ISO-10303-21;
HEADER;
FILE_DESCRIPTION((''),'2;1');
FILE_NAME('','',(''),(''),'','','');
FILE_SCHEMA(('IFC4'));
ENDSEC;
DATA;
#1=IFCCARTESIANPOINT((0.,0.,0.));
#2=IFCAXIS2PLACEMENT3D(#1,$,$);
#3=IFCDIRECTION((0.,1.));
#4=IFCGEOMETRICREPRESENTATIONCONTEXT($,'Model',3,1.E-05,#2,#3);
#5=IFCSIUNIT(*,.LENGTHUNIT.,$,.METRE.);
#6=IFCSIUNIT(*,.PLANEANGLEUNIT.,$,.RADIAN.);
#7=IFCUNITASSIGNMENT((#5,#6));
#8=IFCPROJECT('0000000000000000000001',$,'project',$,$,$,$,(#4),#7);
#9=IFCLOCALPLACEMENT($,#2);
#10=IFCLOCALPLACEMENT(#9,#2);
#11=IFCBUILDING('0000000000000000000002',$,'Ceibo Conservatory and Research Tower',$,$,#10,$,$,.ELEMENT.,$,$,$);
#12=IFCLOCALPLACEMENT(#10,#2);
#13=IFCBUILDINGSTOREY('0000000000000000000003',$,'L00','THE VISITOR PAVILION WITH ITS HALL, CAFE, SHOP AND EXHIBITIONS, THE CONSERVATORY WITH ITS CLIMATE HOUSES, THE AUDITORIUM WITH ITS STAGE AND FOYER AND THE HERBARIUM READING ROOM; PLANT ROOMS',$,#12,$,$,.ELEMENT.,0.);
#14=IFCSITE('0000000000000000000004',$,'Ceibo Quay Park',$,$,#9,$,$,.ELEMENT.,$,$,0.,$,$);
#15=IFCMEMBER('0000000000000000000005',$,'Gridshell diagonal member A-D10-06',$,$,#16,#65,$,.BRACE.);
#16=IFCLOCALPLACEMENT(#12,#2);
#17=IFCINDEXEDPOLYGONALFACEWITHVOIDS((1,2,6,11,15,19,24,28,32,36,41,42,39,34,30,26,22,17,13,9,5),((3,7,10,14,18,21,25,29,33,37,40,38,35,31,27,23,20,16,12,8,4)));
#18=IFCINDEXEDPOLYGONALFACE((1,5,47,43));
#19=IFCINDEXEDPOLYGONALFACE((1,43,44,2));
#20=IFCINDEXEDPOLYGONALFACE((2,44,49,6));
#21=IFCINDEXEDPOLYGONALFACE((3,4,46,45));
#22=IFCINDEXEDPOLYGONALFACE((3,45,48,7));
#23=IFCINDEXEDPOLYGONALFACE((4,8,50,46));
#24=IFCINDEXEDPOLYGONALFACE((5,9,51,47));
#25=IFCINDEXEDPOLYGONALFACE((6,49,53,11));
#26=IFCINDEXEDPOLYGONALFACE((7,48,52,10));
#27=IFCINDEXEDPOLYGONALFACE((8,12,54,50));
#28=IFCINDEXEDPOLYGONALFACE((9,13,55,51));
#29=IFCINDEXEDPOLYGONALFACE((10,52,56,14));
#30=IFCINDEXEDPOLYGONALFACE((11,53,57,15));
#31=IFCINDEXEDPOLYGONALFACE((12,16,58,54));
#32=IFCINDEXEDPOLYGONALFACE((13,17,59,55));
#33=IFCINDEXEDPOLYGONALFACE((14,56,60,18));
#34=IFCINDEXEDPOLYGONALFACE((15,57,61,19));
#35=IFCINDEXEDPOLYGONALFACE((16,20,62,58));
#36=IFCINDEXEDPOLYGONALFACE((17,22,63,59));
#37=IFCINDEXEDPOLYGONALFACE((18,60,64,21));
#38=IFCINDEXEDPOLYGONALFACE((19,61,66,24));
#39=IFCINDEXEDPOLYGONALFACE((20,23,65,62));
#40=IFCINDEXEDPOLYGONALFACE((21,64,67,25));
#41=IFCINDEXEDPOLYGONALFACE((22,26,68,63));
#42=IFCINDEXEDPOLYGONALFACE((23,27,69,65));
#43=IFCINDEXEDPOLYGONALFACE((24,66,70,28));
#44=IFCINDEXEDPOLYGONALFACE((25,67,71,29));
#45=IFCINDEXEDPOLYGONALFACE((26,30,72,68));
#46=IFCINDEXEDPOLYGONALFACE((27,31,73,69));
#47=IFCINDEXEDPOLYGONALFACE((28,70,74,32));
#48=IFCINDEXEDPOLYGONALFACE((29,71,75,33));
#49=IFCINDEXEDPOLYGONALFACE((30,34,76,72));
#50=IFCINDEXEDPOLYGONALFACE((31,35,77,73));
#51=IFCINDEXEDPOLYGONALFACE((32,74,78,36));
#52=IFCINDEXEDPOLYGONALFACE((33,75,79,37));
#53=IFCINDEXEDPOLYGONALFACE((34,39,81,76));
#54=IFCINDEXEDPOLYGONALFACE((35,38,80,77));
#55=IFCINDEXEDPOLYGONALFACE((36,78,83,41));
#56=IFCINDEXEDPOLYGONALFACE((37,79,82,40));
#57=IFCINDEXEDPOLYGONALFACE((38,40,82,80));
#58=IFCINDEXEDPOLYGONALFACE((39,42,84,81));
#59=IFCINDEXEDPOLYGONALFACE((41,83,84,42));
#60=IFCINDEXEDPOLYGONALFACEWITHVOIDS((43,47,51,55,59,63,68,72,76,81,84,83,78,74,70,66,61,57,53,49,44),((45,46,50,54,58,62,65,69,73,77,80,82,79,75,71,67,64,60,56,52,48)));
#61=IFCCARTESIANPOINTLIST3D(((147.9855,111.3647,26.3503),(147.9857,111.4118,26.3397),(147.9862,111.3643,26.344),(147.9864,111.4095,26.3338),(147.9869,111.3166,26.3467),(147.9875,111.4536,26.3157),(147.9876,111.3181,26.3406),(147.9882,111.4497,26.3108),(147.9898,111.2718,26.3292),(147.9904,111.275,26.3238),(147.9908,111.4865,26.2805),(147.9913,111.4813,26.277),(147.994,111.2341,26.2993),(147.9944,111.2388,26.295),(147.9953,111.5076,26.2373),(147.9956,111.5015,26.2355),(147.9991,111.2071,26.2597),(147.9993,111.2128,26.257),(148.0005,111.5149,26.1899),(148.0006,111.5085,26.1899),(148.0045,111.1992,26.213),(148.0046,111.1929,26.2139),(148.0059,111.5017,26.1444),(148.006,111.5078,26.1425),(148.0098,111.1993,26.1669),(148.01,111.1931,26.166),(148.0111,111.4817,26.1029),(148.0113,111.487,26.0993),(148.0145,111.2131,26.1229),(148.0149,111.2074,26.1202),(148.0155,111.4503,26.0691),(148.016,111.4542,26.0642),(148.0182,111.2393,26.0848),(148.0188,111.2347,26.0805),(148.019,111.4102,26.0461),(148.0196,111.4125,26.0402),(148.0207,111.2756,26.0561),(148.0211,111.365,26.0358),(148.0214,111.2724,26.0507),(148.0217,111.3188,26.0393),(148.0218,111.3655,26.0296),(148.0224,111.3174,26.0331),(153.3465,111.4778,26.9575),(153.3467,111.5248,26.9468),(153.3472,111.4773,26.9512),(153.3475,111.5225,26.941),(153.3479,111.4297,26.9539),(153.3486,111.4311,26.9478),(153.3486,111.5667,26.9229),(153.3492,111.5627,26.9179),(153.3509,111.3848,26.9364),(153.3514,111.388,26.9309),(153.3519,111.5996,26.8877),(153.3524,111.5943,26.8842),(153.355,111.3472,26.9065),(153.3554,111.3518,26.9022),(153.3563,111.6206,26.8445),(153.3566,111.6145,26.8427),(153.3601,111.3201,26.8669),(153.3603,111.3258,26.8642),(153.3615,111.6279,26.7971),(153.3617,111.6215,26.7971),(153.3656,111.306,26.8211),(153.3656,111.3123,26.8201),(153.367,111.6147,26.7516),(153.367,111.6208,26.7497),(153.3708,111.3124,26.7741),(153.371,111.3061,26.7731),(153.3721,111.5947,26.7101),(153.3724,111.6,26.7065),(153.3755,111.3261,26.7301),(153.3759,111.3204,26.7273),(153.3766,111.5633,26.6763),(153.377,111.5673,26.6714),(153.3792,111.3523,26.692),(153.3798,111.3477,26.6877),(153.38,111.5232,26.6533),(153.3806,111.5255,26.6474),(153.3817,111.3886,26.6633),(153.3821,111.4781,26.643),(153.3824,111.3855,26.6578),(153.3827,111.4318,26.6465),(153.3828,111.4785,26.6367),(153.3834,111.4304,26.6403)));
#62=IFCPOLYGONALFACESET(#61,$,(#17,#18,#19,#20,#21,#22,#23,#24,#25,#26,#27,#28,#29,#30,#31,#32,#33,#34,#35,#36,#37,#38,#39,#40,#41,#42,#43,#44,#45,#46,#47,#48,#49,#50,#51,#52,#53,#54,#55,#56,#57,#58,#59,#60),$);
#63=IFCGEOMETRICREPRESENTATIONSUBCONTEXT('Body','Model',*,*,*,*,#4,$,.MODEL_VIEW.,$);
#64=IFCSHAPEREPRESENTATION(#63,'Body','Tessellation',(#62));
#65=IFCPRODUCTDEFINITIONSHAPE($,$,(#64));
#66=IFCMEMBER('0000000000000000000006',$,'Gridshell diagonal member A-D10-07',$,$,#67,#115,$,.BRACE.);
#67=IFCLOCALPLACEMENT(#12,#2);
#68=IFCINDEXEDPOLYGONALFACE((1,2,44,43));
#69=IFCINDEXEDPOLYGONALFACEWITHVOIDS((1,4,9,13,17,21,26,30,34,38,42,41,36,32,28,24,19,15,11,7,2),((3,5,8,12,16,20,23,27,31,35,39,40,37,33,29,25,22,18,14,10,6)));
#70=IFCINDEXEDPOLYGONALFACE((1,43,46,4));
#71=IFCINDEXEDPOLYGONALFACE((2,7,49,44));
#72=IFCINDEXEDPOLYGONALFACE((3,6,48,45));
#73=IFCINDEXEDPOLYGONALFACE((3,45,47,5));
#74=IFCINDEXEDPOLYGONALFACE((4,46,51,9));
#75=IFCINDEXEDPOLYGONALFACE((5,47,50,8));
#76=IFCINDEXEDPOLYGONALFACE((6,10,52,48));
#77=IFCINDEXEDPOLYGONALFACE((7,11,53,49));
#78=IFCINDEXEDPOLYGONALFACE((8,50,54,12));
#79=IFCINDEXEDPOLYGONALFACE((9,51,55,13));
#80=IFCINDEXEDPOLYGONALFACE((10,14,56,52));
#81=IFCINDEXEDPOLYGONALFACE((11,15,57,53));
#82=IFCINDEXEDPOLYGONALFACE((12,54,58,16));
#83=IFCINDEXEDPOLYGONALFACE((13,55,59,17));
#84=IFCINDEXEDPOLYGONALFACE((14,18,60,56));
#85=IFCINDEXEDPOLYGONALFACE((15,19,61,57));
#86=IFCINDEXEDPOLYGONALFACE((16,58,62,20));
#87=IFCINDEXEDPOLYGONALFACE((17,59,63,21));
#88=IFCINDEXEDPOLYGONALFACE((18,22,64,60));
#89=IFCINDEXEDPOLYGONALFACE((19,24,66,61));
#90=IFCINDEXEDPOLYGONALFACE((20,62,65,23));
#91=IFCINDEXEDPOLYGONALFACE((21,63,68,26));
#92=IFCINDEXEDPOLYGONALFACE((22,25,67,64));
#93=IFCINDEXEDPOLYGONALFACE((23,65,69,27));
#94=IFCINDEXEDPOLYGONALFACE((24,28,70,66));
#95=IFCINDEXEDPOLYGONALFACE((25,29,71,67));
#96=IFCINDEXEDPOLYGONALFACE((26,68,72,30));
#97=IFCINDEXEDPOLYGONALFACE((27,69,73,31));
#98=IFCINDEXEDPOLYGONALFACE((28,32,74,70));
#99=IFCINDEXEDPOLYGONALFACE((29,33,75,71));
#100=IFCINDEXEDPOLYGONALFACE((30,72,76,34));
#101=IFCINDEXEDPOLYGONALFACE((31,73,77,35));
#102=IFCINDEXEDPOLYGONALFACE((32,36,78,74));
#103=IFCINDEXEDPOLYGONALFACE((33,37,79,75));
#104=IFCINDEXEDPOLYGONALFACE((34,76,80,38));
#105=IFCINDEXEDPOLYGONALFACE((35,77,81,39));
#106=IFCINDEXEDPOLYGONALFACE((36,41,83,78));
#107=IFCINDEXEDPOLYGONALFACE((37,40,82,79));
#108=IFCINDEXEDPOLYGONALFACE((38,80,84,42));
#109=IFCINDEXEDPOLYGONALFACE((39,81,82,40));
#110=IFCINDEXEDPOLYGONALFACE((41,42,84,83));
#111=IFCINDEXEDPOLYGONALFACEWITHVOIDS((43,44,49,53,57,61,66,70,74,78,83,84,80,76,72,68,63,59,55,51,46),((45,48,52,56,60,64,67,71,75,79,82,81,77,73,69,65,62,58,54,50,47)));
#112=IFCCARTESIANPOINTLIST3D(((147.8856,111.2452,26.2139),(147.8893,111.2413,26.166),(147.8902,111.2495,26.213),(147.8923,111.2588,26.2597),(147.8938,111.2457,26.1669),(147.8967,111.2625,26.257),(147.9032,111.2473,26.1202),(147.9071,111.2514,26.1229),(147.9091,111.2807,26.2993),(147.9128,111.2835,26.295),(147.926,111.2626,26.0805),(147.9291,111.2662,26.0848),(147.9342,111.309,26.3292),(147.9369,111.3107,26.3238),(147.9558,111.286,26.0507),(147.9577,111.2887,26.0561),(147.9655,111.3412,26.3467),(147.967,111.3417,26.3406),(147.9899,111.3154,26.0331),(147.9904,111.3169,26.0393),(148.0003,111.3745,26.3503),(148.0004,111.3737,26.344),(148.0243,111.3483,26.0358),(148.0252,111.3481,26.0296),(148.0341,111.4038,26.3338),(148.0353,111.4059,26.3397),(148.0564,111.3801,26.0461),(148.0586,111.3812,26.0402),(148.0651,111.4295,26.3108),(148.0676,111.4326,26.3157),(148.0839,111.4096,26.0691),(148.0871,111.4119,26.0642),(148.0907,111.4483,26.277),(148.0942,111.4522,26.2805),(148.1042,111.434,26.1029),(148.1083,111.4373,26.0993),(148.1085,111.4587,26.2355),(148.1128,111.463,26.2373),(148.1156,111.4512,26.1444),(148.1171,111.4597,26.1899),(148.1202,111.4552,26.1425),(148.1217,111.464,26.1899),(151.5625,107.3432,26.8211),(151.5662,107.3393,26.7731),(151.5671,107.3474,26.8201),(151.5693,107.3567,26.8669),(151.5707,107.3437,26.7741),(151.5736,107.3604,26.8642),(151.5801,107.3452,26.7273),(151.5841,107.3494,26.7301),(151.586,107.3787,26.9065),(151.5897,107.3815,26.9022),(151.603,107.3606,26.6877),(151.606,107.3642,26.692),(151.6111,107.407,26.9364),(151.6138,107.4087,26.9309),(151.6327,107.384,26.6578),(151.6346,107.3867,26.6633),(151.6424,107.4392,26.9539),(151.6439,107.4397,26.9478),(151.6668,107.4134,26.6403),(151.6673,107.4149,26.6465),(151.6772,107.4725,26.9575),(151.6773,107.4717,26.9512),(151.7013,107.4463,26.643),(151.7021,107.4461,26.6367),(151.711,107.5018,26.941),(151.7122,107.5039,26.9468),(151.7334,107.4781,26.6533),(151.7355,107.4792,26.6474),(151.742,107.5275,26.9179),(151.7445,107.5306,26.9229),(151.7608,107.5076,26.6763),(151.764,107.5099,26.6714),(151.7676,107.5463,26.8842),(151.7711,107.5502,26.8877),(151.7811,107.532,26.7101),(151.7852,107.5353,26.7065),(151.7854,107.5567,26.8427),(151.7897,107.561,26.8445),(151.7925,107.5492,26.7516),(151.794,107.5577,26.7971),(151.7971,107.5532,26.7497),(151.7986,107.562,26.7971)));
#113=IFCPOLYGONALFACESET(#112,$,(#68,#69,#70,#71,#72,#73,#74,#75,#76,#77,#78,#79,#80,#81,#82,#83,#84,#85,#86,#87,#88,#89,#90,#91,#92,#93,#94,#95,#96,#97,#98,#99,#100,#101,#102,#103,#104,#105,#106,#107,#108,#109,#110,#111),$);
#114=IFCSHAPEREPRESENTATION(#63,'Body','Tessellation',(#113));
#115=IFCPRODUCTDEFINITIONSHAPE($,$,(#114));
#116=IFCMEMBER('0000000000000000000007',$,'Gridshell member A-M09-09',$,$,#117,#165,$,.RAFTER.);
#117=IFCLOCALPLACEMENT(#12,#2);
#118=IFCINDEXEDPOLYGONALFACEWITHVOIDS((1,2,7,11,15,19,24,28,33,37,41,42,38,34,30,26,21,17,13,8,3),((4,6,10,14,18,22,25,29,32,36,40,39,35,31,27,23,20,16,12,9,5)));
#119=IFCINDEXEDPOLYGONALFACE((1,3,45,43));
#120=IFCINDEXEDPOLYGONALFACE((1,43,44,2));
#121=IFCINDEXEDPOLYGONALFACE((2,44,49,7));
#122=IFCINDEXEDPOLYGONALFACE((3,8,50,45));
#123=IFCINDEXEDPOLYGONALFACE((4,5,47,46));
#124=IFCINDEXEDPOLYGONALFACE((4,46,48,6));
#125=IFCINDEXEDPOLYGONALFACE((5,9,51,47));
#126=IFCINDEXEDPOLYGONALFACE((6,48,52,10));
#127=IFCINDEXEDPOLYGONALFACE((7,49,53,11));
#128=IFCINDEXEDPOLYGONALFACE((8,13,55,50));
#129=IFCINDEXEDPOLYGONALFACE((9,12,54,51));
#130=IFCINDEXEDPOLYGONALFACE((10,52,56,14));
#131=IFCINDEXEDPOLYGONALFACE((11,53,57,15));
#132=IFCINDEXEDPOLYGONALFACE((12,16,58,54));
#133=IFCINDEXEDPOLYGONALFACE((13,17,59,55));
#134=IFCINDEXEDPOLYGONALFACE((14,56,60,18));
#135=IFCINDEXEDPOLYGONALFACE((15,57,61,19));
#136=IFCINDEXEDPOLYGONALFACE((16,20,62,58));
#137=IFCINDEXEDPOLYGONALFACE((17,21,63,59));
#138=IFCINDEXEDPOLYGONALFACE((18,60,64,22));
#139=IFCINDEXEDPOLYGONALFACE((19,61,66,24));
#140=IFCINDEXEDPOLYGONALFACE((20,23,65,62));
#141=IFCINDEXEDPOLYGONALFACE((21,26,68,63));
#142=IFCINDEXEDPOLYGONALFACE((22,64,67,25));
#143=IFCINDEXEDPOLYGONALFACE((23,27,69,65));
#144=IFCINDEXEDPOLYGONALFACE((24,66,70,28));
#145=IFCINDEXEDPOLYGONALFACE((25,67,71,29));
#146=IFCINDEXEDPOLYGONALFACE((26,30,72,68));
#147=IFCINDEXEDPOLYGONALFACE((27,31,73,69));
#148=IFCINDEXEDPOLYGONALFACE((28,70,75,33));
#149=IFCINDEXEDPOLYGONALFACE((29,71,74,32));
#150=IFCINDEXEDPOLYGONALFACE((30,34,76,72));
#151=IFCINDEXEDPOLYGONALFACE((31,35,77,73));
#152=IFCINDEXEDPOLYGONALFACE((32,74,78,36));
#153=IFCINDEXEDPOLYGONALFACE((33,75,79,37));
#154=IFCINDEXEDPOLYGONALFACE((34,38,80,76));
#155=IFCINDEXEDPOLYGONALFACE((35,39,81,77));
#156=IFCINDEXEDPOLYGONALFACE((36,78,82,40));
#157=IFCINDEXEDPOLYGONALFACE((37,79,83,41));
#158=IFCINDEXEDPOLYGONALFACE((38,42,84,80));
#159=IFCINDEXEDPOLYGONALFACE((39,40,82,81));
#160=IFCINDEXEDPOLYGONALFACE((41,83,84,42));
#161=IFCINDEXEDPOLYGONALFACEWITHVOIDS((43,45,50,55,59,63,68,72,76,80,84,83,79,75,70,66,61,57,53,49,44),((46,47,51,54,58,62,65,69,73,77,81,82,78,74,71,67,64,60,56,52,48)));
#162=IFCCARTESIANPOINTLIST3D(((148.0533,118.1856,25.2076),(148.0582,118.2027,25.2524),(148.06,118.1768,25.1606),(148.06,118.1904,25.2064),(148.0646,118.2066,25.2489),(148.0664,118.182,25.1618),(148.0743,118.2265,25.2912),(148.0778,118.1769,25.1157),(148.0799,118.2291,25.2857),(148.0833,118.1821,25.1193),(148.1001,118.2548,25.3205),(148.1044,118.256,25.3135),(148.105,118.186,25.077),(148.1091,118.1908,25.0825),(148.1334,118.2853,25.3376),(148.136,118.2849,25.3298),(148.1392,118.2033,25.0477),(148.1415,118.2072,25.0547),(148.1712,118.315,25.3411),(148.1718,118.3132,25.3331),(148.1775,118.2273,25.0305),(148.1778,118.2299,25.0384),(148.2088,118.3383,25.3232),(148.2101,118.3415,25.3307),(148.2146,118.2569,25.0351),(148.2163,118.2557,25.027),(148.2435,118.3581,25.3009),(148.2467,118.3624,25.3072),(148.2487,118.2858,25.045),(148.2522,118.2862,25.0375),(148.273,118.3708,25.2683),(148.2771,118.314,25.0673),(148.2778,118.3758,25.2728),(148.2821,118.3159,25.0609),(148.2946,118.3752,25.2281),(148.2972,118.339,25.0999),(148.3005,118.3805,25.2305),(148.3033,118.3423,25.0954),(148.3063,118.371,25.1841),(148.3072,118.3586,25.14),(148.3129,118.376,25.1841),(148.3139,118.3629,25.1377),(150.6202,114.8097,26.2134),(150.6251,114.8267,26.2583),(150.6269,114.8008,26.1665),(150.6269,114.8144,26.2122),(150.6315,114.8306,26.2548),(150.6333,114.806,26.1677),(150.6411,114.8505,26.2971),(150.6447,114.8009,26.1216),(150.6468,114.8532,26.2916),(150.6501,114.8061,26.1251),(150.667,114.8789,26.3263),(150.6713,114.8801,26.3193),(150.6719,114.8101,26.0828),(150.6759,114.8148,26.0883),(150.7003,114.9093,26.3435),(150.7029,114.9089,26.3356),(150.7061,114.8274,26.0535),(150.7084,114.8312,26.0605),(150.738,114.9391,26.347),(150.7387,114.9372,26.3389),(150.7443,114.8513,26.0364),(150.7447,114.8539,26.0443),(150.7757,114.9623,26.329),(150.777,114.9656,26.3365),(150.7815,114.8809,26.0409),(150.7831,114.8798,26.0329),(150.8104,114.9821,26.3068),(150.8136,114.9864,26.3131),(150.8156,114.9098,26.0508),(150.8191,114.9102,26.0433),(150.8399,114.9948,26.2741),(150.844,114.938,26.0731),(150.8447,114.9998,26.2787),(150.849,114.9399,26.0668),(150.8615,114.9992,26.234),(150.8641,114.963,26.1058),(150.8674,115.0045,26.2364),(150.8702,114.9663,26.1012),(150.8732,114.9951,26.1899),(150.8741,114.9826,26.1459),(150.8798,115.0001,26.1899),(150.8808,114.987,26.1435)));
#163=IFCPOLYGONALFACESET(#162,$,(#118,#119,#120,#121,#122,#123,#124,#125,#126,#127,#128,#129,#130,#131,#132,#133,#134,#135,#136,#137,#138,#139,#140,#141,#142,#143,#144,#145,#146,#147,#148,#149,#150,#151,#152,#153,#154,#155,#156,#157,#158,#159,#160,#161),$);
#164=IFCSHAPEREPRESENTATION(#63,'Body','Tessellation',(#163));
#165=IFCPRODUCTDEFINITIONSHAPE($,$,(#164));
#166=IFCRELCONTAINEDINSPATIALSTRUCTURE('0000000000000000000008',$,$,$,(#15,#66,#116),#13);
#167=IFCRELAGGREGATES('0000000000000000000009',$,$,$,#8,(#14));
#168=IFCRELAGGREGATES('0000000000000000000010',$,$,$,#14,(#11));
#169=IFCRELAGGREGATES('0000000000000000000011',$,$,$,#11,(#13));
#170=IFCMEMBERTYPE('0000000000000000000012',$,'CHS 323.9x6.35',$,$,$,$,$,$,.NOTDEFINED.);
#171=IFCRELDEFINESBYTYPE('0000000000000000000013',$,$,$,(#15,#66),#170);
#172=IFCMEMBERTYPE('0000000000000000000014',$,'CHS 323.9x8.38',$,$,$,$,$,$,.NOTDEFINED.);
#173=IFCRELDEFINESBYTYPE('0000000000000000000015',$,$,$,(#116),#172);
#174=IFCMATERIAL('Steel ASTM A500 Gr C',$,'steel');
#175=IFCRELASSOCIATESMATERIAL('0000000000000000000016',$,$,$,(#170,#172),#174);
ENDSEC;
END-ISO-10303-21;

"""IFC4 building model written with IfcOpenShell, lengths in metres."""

from ifc_helpers import new_model, si_unit, direction, frame, origin, origin_2d, place, context, subcontext, project, spatial, hollow_circle, extrude, material, material_profile, profile_set, type_object, element, save


model = new_model("IFC4")

# Units and contexts
model_context = context("Model", 3, precision=1e-05, world=origin(), true_north=direction((0.0, 1.0)))
body_context = subcontext(model_context, "Body", "Model", "MODEL_VIEW")
ifc_project = project(units=[si_unit("LENGTHUNIT", "METRE"), si_unit("PLANEANGLEUNIT", "RADIAN")], contexts=[model_context])

# Site, building, storey
site_placement = place(None, origin())
site = spatial("IfcSite", under=ifc_project, at=site_placement, Name="Ceibo Quay Park", CompositionType="ELEMENT", RefElevation=0.0)
building_placement = place(site_placement, origin())
building = spatial("IfcBuilding", under=site, at=building_placement, Name="Ceibo Conservatory and Research Tower", CompositionType="ELEMENT")
storey_placement = place(building_placement, origin())
storey = spatial("IfcBuildingStorey", under=building, at=storey_placement, Name="L00", Description="THE VISITOR PAVILION WITH ITS HALL, CAFE, SHOP AND EXHIBITIONS, THE CONSERVATORY WITH ITS CLIMATE HOUSES, THE AUDITORIUM WITH ITS STAGE AND FOYER AND THE HERBARIUM READING ROOM; PLANT ROOMS", CompositionType="ELEMENT", Elevation=0.0)

# Members
ifc_material_1 = material(Name="Steel ASTM A500 Gr C", Category="steel")
ifc_material_profile_1 = material_profile(ifc_material_1, hollow_circle(Radius=0.1619, WallThickness=0.0063, at=origin_2d()), Name="CHS 323.9x6.35")
ifc_profile_set_1 = profile_set([ifc_material_profile_1], Name="Steel ASTM A500 Gr C")
member_type_1 = type_object("IfcMemberType", Name="CHS 323.9x6.35", PredefinedType="NOTDEFINED", material=ifc_profile_set_1)
member_1_placement = place(storey_placement, frame((148.0039, 111.353, 26.1899), z_axis=(0.99343, 0.020946, 0.112512), x_axis=(-0.02108, 0.999778, 0.0)))
element("IfcMember", 1, at=member_1_placement, inside=storey, type_object=member_type_1, Name="Gridshell diagonal member A-D10-06", PredefinedType="BRACE", context=body_context, shape_type="SweptSolid", body=[
    extrude(hollow_circle(Radius=0.1619, WallThickness=0.0063, at=origin_2d()), origin(), (0.0, 0.0, 1.0), 5.3965),
])
member_2_placement = place(storey_placement, frame((148.0039, 111.353, 26.1899), z_axis=(0.681448, -0.723164, 0.112526), x_axis=(0.727787, 0.685803, 0.0)))
element("IfcMember", 2, at=member_2_placement, inside=storey, type_object=member_type_1, Name="Gridshell diagonal member A-D10-07", PredefinedType="BRACE", context=body_context, shape_type="SweptSolid", body=[
    extrude(hollow_circle(Radius=0.1619, WallThickness=0.0063, at=origin_2d()), origin(), (0.0, 0.0, 1.0), 5.3958),
])
ifc_material_profile_2 = material_profile(ifc_material_1, hollow_circle(Radius=0.1619, WallThickness=0.0083, at=origin_2d()), Name="CHS 323.9x8.38")
ifc_profile_set_2 = profile_set([ifc_material_profile_2], Name="Steel ASTM A500 Gr C")
member_type_2 = type_object("IfcMemberType", Name="CHS 323.9x8.38", PredefinedType="NOTDEFINED", material=ifc_profile_set_2)
member_3_placement = place(storey_placement, frame((148.1841, 118.2781, 25.1841), z_axis=(0.588918, -0.774545, 0.230773), x_axis=(0.796031, 0.605255, 0.0)))
element("IfcMember", 3, at=member_3_placement, inside=storey, type_object=member_type_2, Name="Gridshell member A-M09-09", PredefinedType="RAFTER", context=body_context, shape_type="SweptSolid", body=[
    extrude(hollow_circle(Radius=0.1619, WallThickness=0.0083, at=origin_2d()), origin(), (0.0, 0.0, 1.0), 4.3586),
])

save(model, "model.ifc")
